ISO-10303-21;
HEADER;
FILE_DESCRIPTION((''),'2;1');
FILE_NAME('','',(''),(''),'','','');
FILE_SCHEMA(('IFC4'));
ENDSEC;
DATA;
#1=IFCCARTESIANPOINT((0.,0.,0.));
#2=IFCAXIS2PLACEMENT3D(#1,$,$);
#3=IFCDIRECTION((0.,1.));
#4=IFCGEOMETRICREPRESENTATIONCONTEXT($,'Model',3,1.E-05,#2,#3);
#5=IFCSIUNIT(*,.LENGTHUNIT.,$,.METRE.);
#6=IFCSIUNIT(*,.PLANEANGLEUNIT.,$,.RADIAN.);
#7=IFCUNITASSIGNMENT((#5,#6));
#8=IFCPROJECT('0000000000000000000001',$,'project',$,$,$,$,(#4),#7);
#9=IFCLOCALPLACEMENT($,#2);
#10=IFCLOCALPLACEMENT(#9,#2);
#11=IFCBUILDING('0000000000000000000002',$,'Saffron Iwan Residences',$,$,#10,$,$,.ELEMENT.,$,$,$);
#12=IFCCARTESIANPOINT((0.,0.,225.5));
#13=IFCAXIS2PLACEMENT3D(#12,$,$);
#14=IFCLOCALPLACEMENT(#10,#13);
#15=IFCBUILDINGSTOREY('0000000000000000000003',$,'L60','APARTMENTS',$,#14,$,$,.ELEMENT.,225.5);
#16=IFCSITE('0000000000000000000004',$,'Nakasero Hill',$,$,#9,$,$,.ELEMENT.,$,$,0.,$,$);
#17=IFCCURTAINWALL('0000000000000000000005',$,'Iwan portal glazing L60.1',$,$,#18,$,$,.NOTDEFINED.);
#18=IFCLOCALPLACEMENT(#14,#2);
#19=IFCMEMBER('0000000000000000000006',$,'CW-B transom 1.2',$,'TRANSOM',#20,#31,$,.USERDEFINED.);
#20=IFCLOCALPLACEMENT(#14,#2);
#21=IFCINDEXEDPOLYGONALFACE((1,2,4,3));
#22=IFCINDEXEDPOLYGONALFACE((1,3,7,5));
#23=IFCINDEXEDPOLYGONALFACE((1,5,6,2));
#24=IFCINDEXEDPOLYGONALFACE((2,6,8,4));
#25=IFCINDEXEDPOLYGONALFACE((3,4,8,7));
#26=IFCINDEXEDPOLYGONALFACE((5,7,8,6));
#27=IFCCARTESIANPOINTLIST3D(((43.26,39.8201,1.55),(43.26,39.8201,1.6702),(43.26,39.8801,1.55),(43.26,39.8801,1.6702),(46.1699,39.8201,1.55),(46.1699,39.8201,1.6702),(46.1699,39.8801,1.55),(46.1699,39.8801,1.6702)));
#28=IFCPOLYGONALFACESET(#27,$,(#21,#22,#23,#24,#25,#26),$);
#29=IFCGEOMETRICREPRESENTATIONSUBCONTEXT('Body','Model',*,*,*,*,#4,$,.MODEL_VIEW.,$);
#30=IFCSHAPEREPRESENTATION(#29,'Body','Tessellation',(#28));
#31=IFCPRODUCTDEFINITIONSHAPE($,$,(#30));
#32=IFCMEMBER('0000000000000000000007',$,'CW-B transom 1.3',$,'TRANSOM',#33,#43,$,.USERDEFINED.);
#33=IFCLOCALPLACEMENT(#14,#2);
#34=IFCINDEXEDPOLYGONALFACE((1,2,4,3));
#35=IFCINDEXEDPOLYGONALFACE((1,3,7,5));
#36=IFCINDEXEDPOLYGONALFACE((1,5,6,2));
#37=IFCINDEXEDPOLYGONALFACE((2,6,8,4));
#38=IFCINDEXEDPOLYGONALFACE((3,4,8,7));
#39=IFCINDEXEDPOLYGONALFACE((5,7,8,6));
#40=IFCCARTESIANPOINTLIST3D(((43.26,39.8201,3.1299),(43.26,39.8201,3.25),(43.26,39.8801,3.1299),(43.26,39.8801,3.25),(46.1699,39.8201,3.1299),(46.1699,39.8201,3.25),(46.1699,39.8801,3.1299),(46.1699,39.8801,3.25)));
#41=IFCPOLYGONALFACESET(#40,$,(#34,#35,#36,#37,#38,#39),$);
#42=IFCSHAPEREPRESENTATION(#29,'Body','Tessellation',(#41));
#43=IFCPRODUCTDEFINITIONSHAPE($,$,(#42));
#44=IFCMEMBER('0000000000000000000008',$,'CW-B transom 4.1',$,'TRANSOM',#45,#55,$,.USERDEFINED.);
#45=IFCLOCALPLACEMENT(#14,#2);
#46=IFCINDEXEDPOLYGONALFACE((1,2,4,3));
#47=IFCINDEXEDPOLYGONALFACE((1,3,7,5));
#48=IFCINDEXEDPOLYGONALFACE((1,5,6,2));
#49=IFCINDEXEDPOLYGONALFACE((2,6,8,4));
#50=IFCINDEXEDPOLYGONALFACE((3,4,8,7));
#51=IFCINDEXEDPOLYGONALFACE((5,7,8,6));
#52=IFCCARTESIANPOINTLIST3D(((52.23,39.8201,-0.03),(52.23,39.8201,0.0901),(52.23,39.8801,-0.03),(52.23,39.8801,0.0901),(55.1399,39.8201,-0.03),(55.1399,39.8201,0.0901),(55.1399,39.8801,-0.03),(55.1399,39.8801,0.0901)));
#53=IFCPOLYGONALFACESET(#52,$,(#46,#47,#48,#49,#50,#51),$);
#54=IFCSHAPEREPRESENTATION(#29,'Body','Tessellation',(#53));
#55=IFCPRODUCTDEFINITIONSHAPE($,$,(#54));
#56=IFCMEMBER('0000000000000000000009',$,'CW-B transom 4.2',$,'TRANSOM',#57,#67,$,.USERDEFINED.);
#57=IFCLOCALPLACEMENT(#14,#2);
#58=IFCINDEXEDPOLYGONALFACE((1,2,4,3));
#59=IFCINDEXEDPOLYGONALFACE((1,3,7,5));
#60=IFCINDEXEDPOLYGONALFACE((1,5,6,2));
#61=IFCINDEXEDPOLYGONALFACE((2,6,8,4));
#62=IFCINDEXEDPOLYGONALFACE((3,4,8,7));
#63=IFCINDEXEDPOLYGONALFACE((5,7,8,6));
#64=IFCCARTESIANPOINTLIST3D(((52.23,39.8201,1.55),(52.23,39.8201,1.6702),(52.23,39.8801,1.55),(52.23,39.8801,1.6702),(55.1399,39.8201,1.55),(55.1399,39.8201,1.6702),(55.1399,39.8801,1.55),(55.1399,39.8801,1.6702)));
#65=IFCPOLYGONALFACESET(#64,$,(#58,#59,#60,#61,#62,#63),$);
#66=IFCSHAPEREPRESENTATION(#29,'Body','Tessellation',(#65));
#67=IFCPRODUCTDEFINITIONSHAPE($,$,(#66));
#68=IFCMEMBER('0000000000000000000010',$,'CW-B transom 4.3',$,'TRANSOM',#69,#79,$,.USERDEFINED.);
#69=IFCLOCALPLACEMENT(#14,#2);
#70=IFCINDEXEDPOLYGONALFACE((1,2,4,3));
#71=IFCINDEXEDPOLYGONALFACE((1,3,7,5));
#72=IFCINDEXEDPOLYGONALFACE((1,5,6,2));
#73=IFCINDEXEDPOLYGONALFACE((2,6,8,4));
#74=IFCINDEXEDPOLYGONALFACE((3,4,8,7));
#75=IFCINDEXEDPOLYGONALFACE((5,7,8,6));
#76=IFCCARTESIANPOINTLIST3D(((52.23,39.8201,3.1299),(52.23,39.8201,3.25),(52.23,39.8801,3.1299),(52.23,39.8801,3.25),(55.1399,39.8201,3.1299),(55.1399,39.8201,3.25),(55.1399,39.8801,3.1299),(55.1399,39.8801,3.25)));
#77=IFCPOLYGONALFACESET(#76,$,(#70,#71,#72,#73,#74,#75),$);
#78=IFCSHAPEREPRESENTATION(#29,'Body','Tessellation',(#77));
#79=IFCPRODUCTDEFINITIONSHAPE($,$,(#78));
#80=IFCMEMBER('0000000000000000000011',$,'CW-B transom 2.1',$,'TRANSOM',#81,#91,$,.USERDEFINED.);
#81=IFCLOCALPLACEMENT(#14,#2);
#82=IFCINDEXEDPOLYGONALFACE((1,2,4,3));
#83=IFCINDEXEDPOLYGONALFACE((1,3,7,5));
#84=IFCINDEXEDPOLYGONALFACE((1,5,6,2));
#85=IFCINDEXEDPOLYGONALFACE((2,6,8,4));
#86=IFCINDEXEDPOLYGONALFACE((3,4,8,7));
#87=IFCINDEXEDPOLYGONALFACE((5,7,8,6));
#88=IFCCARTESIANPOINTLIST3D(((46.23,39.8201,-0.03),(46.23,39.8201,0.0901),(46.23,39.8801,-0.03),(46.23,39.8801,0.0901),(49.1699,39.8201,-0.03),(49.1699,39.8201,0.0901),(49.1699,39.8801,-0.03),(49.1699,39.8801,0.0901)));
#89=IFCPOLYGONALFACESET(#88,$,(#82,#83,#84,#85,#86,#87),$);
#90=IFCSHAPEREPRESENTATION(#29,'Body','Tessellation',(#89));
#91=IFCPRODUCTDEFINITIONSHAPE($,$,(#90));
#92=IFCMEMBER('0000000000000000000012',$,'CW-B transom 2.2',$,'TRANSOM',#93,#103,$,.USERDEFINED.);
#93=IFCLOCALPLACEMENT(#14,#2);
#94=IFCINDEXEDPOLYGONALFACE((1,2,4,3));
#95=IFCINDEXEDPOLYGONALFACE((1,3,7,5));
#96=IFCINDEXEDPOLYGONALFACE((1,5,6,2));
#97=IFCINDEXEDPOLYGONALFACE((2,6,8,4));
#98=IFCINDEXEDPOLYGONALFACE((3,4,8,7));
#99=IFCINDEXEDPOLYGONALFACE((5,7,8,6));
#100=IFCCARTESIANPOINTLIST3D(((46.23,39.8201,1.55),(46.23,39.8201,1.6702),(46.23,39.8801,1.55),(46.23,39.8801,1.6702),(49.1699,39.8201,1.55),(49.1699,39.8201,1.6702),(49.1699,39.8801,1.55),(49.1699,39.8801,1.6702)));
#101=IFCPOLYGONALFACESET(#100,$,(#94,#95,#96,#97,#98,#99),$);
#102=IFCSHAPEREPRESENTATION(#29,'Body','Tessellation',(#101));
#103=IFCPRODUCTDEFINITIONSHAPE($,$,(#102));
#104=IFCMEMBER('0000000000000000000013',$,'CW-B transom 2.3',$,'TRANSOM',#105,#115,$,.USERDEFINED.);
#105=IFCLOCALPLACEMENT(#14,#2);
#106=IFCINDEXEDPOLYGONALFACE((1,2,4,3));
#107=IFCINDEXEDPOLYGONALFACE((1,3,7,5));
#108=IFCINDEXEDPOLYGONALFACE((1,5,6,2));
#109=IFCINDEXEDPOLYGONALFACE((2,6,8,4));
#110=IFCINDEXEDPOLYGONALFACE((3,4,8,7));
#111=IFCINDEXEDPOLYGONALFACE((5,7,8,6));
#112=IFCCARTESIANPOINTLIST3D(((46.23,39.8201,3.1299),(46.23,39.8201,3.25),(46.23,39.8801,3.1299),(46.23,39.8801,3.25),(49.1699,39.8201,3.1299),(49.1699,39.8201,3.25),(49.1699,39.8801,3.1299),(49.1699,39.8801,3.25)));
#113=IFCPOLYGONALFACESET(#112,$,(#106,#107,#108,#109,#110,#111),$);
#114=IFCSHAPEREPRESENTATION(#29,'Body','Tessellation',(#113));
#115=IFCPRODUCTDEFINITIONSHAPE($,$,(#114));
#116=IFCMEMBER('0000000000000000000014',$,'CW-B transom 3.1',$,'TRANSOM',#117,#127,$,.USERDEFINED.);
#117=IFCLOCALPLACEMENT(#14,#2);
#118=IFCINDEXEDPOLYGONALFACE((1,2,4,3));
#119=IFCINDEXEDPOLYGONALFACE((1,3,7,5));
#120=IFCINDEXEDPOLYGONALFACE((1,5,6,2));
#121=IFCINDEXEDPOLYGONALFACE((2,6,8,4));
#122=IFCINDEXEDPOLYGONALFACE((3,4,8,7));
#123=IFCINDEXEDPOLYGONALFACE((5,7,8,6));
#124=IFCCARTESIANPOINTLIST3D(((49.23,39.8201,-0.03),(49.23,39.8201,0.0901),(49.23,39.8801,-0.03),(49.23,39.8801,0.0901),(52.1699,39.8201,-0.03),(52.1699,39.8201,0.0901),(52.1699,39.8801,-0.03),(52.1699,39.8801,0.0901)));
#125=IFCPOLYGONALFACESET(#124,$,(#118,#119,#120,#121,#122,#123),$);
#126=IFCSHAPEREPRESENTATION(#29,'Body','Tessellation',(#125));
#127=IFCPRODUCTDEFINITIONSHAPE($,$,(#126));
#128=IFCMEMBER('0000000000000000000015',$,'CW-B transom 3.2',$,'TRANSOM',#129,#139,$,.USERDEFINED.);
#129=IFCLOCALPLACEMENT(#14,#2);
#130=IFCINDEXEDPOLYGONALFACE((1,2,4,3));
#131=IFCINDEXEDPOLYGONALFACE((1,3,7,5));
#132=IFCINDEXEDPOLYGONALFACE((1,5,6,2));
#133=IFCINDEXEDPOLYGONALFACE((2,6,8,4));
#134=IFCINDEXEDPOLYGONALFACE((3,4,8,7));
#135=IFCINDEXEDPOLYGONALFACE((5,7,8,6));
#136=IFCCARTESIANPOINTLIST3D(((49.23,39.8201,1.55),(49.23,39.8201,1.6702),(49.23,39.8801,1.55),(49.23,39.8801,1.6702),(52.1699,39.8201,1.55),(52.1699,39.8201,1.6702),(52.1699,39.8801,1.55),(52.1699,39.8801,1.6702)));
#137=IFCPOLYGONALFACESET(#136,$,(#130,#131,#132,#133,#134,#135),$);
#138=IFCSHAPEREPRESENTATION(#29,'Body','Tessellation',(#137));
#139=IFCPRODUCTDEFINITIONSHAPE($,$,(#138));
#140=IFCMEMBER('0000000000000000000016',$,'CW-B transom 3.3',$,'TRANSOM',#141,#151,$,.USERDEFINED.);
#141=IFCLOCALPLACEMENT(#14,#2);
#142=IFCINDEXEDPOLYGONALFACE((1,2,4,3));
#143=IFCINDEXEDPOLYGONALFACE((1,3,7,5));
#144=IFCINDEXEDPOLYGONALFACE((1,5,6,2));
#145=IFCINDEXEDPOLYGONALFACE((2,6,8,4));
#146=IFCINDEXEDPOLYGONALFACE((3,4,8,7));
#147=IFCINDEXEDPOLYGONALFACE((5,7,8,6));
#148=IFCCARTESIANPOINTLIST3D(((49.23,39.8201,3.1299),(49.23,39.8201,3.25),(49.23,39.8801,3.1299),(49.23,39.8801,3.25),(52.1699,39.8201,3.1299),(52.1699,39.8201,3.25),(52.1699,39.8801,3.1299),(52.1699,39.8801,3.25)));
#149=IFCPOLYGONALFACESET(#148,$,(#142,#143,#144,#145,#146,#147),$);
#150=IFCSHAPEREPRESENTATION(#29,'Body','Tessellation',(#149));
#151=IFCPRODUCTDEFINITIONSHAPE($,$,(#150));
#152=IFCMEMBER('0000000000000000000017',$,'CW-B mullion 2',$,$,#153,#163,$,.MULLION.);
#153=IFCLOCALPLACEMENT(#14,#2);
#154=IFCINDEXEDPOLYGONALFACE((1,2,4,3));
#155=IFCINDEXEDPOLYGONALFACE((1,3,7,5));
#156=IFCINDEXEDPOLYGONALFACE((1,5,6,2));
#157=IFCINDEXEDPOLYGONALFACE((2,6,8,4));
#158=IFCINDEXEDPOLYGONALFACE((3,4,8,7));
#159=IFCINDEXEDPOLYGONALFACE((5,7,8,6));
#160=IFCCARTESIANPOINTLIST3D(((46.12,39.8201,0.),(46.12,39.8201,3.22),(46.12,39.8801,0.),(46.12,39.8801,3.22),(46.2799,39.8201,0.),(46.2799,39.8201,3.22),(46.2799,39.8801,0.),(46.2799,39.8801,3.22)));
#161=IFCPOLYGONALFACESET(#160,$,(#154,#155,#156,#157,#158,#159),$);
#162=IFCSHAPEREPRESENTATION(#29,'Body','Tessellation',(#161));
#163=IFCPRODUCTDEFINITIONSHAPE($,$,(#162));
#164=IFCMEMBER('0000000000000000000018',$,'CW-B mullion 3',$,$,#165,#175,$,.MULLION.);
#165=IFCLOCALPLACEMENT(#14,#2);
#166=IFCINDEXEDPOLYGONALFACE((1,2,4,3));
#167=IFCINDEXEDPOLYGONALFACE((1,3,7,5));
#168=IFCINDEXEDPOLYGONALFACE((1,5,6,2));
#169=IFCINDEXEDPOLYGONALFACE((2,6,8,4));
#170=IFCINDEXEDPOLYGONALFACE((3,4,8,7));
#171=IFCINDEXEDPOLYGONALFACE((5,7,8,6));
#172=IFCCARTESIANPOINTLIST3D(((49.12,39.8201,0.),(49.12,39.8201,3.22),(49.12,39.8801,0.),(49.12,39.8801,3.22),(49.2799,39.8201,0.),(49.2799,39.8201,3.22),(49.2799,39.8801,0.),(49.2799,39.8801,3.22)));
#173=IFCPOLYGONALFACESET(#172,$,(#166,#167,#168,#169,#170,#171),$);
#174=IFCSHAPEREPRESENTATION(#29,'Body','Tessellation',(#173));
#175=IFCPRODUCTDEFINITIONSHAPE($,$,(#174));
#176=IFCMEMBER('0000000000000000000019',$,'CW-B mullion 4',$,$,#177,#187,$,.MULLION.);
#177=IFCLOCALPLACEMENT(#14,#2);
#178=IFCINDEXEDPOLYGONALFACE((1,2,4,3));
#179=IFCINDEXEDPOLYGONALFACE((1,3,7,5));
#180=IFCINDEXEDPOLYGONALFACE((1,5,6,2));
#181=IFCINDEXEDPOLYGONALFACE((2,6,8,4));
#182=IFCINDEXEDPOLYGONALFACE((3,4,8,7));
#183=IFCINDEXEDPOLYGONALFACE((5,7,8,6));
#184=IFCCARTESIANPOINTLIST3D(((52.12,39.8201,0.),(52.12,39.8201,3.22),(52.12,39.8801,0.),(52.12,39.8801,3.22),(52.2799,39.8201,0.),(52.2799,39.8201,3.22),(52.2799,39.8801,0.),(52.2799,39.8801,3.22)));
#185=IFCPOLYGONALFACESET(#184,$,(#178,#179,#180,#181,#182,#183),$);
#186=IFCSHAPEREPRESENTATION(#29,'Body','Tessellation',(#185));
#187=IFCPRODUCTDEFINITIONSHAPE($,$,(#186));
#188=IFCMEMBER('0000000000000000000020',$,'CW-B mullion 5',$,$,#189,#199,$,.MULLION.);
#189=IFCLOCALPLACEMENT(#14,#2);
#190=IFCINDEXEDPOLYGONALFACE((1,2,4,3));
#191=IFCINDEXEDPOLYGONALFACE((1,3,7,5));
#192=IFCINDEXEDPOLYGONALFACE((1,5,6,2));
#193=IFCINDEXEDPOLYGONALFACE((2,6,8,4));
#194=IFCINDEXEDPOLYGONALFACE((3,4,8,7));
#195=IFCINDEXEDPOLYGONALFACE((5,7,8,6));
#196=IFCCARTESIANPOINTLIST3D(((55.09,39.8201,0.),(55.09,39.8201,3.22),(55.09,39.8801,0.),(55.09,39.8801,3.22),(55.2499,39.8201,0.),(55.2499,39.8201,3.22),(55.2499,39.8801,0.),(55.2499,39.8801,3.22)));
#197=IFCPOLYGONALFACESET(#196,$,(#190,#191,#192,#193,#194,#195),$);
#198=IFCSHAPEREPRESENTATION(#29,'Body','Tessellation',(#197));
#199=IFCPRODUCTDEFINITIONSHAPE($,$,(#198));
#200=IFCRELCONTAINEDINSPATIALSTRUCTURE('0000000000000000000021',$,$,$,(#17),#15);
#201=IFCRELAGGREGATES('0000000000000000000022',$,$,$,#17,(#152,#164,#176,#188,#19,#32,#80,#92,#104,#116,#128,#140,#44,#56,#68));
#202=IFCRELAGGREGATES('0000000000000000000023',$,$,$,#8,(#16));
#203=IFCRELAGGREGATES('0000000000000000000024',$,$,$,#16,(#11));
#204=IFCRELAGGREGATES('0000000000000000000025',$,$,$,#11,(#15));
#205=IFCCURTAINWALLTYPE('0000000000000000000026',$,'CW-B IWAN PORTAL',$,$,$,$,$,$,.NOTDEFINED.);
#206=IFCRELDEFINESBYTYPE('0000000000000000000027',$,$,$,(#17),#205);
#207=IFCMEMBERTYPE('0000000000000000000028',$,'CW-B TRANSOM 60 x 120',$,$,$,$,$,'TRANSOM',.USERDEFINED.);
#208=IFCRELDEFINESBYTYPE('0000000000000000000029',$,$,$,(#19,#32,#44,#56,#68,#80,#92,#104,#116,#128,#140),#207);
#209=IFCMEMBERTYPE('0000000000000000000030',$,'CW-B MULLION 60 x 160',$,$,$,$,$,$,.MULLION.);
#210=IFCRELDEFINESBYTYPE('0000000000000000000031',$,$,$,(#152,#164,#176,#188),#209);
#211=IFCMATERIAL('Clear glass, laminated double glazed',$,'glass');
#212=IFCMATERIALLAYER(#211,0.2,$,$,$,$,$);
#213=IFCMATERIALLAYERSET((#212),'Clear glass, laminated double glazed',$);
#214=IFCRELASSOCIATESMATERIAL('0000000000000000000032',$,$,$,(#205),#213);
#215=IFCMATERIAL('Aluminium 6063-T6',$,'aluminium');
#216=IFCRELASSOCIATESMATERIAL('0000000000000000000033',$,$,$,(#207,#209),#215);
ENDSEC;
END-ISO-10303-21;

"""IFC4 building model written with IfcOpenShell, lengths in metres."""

from ifc_helpers import new_model, si_unit, direction, frame, origin, origin_2d, place, context, subcontext, project, spatial, rectangle, extrude, source, transform, mapped, material, layer, layer_set, material_profile, profile_set, type_object, element, aggregate, save


model = new_model("IFC4")

# Units and contexts
model_context = context("Model", 3, precision=1e-05, world=origin(), true_north=direction((0.0, 1.0)))
body_context = subcontext(model_context, "Body", "Model", "MODEL_VIEW")
ifc_project = project(units=[si_unit("LENGTHUNIT", "METRE"), si_unit("PLANEANGLEUNIT", "RADIAN")], contexts=[model_context])

# Site, building, storey
site_placement = place(None, origin())
site = spatial("IfcSite", under=ifc_project, at=site_placement, Name="Nakasero Hill", CompositionType="ELEMENT", RefElevation=0.0)
building_placement = place(site_placement, origin())
building = spatial("IfcBuilding", under=site, at=building_placement, Name="Saffron Iwan Residences", CompositionType="ELEMENT")
storey_placement = place(building_placement, frame((0.0, 0.0, 225.5)))
storey = spatial("IfcBuildingStorey", under=building, at=storey_placement, Name="L60", Description="APARTMENTS", CompositionType="ELEMENT", Elevation=225.5)

# Curtain wall, members
ifc_material_1 = material(Name="Clear glass, laminated double glazed", Category="glass")
ifc_layer_1 = layer(ifc_material_1, 0.2)
ifc_layer_set_1 = layer_set([ifc_layer_1], Name="Clear glass, laminated double glazed")
curtain_wall_type = type_object("IfcCurtainWallType", Name="CW-B IWAN PORTAL", PredefinedType="NOTDEFINED", material=ifc_layer_set_1)
curtain_wall_placement = place(storey_placement, origin())
curtain_wall = element("IfcCurtainWall", 1, at=curtain_wall_placement, inside=storey, type_object=curtain_wall_type, Name="Iwan portal glazing L60.1", PredefinedType="NOTDEFINED")
ifc_material_2 = material(Name="Aluminium 6063-T6", Category="aluminium")
ifc_material_profile_1 = material_profile(ifc_material_2, rectangle(XDim=0.0601, YDim=0.1201, at=origin_2d()), Name="CW-B TRANSOM 60 x 120")
ifc_profile_set_1 = profile_set([ifc_material_profile_1], Name="Aluminium 6063-T6")
member_type_1 = type_object("IfcMemberType", Name="CW-B TRANSOM 60 x 120", ElementType="TRANSOM", PredefinedType="USERDEFINED", material=ifc_profile_set_1)
shared_shape_1 = source(origin(), body_context, "Body", "SweptSolid", [
    extrude(rectangle(XDim=0.0601, YDim=0.1201, at=origin_2d()), origin(), (0.0, 0.0, 1.0), 2.9099),
])
member_1_placement = place(storey_placement, frame((43.26, 39.8501, 1.6101), z_axis=(1.0, 0.0, 0.0), x_axis=(0.0, 1.0, 0.0)))
member_1 = element("IfcMember", 2, at=member_1_placement, type_object=member_type_1, Name="CW-B transom 1.2", ObjectType="TRANSOM", PredefinedType="USERDEFINED", context=body_context, shape_type="MappedRepresentation", body=[
    mapped(shared_shape_1, transform((0.0, 0.0, 0.0))),
])
member_2_placement = place(storey_placement, frame((43.26, 39.8501, 3.1899), z_axis=(1.0, 0.0, 0.0), x_axis=(0.0, 1.0, 0.0)))
member_2 = element("IfcMember", 3, at=member_2_placement, type_object=member_type_1, Name="CW-B transom 1.3", ObjectType="TRANSOM", PredefinedType="USERDEFINED", context=body_context, shape_type="MappedRepresentation", body=[
    mapped(shared_shape_1, transform((0.0, 0.0, 0.0))),
])
member_3_placement = place(storey_placement, frame((52.23, 39.8501, 0.03), z_axis=(1.0, 0.0, 0.0), x_axis=(0.0, 1.0, 0.0)))
member_3 = element("IfcMember", 4, at=member_3_placement, type_object=member_type_1, Name="CW-B transom 4.1", ObjectType="TRANSOM", PredefinedType="USERDEFINED", context=body_context, shape_type="MappedRepresentation", body=[
    mapped(shared_shape_1, transform((0.0, 0.0, 0.0))),
])
member_4_placement = place(storey_placement, frame((52.23, 39.8501, 1.6101), z_axis=(1.0, 0.0, 0.0), x_axis=(0.0, 1.0, 0.0)))
member_4 = element("IfcMember", 5, at=member_4_placement, type_object=member_type_1, Name="CW-B transom 4.2", ObjectType="TRANSOM", PredefinedType="USERDEFINED", context=body_context, shape_type="MappedRepresentation", body=[
    mapped(shared_shape_1, transform((0.0, 0.0, 0.0))),
])
member_5_placement = place(storey_placement, frame((52.23, 39.8501, 3.1899), z_axis=(1.0, 0.0, 0.0), x_axis=(0.0, 1.0, 0.0)))
member_5 = element("IfcMember", 6, at=member_5_placement, type_object=member_type_1, Name="CW-B transom 4.3", ObjectType="TRANSOM", PredefinedType="USERDEFINED", context=body_context, shape_type="MappedRepresentation", body=[
    mapped(shared_shape_1, transform((0.0, 0.0, 0.0))),
])
shared_shape_2 = source(origin(), body_context, "Body", "SweptSolid", [
    extrude(rectangle(XDim=0.0601, YDim=0.1201, at=origin_2d()), origin(), (0.0, 0.0, 1.0), 2.9399),
])
member_6_placement = place(storey_placement, frame((46.23, 39.8501, 0.03), z_axis=(1.0, 0.0, 0.0), x_axis=(0.0, 1.0, 0.0)))
member_6 = element("IfcMember", 7, at=member_6_placement, type_object=member_type_1, Name="CW-B transom 2.1", ObjectType="TRANSOM", PredefinedType="USERDEFINED", context=body_context, shape_type="MappedRepresentation", body=[
    mapped(shared_shape_2, transform((0.0, 0.0, 0.0))),
])
member_7_placement = place(storey_placement, frame((46.23, 39.8501, 1.6101), z_axis=(1.0, 0.0, 0.0), x_axis=(0.0, 1.0, 0.0)))
member_7 = element("IfcMember", 8, at=member_7_placement, type_object=member_type_1, Name="CW-B transom 2.2", ObjectType="TRANSOM", PredefinedType="USERDEFINED", context=body_context, shape_type="MappedRepresentation", body=[
    mapped(shared_shape_2, transform((0.0, 0.0, 0.0))),
])
member_8_placement = place(storey_placement, frame((46.23, 39.8501, 3.1899), z_axis=(1.0, 0.0, 0.0), x_axis=(0.0, 1.0, 0.0)))
member_8 = element("IfcMember", 9, at=member_8_placement, type_object=member_type_1, Name="CW-B transom 2.3", ObjectType="TRANSOM", PredefinedType="USERDEFINED", context=body_context, shape_type="MappedRepresentation", body=[
    mapped(shared_shape_2, transform((0.0, 0.0, 0.0))),
])
member_9_placement = place(storey_placement, frame((49.23, 39.8501, 0.03), z_axis=(1.0, 0.0, 0.0), x_axis=(0.0, 1.0, 0.0)))
member_9 = element("IfcMember", 10, at=member_9_placement, type_object=member_type_1, Name="CW-B transom 3.1", ObjectType="TRANSOM", PredefinedType="USERDEFINED", context=body_context, shape_type="MappedRepresentation", body=[
    mapped(shared_shape_2, transform((0.0, 0.0, 0.0))),
])
member_10_placement = place(storey_placement, frame((49.23, 39.8501, 1.6101), z_axis=(1.0, 0.0, 0.0), x_axis=(0.0, 1.0, 0.0)))
member_10 = element("IfcMember", 11, at=member_10_placement, type_object=member_type_1, Name="CW-B transom 3.2", ObjectType="TRANSOM", PredefinedType="USERDEFINED", context=body_context, shape_type="MappedRepresentation", body=[
    mapped(shared_shape_2, transform((0.0, 0.0, 0.0))),
])
member_11_placement = place(storey_placement, frame((49.23, 39.8501, 3.1899), z_axis=(1.0, 0.0, 0.0), x_axis=(0.0, 1.0, 0.0)))
member_11 = element("IfcMember", 12, at=member_11_placement, type_object=member_type_1, Name="CW-B transom 3.3", ObjectType="TRANSOM", PredefinedType="USERDEFINED", context=body_context, shape_type="MappedRepresentation", body=[
    mapped(shared_shape_2, transform((0.0, 0.0, 0.0))),
])
ifc_material_profile_2 = material_profile(ifc_material_2, rectangle(XDim=0.0601, YDim=0.1599, at=origin_2d()), Name="CW-B MULLION 60 x 160")
ifc_profile_set_2 = profile_set([ifc_material_profile_2], Name="Aluminium 6063-T6")
member_type_2 = type_object("IfcMemberType", Name="CW-B MULLION 60 x 160", PredefinedType="MULLION", material=ifc_profile_set_2)
shared_shape_3 = source(origin(), body_context, "Body", "SweptSolid", [
    extrude(rectangle(XDim=0.0601, YDim=0.1599, at=origin_2d()), origin(), (0.0, 0.0, 1.0), 3.22),
])
member_12_placement = place(storey_placement, frame((46.2, 39.8501, 0.0), z_axis=(0.0, 0.0, 1.0), x_axis=(0.0, 1.0, 0.0)))
member_12 = element("IfcMember", 13, at=member_12_placement, type_object=member_type_2, Name="CW-B mullion 2", PredefinedType="MULLION", context=body_context, shape_type="MappedRepresentation", body=[
    mapped(shared_shape_3, transform((0.0, 0.0, 0.0))),
])
member_13_placement = place(storey_placement, frame((49.2, 39.8501, 0.0), z_axis=(0.0, 0.0, 1.0), x_axis=(0.0, 1.0, 0.0)))
member_13 = element("IfcMember", 14, at=member_13_placement, type_object=member_type_2, Name="CW-B mullion 3", PredefinedType="MULLION", context=body_context, shape_type="MappedRepresentation", body=[
    mapped(shared_shape_3, transform((0.0, 0.0, 0.0))),
])
member_14_placement = place(storey_placement, frame((52.2, 39.8501, 0.0), z_axis=(0.0, 0.0, 1.0), x_axis=(0.0, 1.0, 0.0)))
member_14 = element("IfcMember", 15, at=member_14_placement, type_object=member_type_2, Name="CW-B mullion 4", PredefinedType="MULLION", context=body_context, shape_type="MappedRepresentation", body=[
    mapped(shared_shape_3, transform((0.0, 0.0, 0.0))),
])
member_15_placement = place(storey_placement, frame((55.1699, 39.8501, 0.0), z_axis=(0.0, 0.0, 1.0), x_axis=(0.0, 1.0, 0.0)))
member_15 = element("IfcMember", 16, at=member_15_placement, type_object=member_type_2, Name="CW-B mullion 5", PredefinedType="MULLION", context=body_context, shape_type="MappedRepresentation", body=[
    mapped(shared_shape_3, transform((0.0, 0.0, 0.0))),
])
aggregate(curtain_wall, [member_12, member_13, member_14, member_15, member_1, member_2, member_6, member_7, member_8, member_9, member_10, member_11, member_3, member_4, member_5])

save(model, "model.ifc")
